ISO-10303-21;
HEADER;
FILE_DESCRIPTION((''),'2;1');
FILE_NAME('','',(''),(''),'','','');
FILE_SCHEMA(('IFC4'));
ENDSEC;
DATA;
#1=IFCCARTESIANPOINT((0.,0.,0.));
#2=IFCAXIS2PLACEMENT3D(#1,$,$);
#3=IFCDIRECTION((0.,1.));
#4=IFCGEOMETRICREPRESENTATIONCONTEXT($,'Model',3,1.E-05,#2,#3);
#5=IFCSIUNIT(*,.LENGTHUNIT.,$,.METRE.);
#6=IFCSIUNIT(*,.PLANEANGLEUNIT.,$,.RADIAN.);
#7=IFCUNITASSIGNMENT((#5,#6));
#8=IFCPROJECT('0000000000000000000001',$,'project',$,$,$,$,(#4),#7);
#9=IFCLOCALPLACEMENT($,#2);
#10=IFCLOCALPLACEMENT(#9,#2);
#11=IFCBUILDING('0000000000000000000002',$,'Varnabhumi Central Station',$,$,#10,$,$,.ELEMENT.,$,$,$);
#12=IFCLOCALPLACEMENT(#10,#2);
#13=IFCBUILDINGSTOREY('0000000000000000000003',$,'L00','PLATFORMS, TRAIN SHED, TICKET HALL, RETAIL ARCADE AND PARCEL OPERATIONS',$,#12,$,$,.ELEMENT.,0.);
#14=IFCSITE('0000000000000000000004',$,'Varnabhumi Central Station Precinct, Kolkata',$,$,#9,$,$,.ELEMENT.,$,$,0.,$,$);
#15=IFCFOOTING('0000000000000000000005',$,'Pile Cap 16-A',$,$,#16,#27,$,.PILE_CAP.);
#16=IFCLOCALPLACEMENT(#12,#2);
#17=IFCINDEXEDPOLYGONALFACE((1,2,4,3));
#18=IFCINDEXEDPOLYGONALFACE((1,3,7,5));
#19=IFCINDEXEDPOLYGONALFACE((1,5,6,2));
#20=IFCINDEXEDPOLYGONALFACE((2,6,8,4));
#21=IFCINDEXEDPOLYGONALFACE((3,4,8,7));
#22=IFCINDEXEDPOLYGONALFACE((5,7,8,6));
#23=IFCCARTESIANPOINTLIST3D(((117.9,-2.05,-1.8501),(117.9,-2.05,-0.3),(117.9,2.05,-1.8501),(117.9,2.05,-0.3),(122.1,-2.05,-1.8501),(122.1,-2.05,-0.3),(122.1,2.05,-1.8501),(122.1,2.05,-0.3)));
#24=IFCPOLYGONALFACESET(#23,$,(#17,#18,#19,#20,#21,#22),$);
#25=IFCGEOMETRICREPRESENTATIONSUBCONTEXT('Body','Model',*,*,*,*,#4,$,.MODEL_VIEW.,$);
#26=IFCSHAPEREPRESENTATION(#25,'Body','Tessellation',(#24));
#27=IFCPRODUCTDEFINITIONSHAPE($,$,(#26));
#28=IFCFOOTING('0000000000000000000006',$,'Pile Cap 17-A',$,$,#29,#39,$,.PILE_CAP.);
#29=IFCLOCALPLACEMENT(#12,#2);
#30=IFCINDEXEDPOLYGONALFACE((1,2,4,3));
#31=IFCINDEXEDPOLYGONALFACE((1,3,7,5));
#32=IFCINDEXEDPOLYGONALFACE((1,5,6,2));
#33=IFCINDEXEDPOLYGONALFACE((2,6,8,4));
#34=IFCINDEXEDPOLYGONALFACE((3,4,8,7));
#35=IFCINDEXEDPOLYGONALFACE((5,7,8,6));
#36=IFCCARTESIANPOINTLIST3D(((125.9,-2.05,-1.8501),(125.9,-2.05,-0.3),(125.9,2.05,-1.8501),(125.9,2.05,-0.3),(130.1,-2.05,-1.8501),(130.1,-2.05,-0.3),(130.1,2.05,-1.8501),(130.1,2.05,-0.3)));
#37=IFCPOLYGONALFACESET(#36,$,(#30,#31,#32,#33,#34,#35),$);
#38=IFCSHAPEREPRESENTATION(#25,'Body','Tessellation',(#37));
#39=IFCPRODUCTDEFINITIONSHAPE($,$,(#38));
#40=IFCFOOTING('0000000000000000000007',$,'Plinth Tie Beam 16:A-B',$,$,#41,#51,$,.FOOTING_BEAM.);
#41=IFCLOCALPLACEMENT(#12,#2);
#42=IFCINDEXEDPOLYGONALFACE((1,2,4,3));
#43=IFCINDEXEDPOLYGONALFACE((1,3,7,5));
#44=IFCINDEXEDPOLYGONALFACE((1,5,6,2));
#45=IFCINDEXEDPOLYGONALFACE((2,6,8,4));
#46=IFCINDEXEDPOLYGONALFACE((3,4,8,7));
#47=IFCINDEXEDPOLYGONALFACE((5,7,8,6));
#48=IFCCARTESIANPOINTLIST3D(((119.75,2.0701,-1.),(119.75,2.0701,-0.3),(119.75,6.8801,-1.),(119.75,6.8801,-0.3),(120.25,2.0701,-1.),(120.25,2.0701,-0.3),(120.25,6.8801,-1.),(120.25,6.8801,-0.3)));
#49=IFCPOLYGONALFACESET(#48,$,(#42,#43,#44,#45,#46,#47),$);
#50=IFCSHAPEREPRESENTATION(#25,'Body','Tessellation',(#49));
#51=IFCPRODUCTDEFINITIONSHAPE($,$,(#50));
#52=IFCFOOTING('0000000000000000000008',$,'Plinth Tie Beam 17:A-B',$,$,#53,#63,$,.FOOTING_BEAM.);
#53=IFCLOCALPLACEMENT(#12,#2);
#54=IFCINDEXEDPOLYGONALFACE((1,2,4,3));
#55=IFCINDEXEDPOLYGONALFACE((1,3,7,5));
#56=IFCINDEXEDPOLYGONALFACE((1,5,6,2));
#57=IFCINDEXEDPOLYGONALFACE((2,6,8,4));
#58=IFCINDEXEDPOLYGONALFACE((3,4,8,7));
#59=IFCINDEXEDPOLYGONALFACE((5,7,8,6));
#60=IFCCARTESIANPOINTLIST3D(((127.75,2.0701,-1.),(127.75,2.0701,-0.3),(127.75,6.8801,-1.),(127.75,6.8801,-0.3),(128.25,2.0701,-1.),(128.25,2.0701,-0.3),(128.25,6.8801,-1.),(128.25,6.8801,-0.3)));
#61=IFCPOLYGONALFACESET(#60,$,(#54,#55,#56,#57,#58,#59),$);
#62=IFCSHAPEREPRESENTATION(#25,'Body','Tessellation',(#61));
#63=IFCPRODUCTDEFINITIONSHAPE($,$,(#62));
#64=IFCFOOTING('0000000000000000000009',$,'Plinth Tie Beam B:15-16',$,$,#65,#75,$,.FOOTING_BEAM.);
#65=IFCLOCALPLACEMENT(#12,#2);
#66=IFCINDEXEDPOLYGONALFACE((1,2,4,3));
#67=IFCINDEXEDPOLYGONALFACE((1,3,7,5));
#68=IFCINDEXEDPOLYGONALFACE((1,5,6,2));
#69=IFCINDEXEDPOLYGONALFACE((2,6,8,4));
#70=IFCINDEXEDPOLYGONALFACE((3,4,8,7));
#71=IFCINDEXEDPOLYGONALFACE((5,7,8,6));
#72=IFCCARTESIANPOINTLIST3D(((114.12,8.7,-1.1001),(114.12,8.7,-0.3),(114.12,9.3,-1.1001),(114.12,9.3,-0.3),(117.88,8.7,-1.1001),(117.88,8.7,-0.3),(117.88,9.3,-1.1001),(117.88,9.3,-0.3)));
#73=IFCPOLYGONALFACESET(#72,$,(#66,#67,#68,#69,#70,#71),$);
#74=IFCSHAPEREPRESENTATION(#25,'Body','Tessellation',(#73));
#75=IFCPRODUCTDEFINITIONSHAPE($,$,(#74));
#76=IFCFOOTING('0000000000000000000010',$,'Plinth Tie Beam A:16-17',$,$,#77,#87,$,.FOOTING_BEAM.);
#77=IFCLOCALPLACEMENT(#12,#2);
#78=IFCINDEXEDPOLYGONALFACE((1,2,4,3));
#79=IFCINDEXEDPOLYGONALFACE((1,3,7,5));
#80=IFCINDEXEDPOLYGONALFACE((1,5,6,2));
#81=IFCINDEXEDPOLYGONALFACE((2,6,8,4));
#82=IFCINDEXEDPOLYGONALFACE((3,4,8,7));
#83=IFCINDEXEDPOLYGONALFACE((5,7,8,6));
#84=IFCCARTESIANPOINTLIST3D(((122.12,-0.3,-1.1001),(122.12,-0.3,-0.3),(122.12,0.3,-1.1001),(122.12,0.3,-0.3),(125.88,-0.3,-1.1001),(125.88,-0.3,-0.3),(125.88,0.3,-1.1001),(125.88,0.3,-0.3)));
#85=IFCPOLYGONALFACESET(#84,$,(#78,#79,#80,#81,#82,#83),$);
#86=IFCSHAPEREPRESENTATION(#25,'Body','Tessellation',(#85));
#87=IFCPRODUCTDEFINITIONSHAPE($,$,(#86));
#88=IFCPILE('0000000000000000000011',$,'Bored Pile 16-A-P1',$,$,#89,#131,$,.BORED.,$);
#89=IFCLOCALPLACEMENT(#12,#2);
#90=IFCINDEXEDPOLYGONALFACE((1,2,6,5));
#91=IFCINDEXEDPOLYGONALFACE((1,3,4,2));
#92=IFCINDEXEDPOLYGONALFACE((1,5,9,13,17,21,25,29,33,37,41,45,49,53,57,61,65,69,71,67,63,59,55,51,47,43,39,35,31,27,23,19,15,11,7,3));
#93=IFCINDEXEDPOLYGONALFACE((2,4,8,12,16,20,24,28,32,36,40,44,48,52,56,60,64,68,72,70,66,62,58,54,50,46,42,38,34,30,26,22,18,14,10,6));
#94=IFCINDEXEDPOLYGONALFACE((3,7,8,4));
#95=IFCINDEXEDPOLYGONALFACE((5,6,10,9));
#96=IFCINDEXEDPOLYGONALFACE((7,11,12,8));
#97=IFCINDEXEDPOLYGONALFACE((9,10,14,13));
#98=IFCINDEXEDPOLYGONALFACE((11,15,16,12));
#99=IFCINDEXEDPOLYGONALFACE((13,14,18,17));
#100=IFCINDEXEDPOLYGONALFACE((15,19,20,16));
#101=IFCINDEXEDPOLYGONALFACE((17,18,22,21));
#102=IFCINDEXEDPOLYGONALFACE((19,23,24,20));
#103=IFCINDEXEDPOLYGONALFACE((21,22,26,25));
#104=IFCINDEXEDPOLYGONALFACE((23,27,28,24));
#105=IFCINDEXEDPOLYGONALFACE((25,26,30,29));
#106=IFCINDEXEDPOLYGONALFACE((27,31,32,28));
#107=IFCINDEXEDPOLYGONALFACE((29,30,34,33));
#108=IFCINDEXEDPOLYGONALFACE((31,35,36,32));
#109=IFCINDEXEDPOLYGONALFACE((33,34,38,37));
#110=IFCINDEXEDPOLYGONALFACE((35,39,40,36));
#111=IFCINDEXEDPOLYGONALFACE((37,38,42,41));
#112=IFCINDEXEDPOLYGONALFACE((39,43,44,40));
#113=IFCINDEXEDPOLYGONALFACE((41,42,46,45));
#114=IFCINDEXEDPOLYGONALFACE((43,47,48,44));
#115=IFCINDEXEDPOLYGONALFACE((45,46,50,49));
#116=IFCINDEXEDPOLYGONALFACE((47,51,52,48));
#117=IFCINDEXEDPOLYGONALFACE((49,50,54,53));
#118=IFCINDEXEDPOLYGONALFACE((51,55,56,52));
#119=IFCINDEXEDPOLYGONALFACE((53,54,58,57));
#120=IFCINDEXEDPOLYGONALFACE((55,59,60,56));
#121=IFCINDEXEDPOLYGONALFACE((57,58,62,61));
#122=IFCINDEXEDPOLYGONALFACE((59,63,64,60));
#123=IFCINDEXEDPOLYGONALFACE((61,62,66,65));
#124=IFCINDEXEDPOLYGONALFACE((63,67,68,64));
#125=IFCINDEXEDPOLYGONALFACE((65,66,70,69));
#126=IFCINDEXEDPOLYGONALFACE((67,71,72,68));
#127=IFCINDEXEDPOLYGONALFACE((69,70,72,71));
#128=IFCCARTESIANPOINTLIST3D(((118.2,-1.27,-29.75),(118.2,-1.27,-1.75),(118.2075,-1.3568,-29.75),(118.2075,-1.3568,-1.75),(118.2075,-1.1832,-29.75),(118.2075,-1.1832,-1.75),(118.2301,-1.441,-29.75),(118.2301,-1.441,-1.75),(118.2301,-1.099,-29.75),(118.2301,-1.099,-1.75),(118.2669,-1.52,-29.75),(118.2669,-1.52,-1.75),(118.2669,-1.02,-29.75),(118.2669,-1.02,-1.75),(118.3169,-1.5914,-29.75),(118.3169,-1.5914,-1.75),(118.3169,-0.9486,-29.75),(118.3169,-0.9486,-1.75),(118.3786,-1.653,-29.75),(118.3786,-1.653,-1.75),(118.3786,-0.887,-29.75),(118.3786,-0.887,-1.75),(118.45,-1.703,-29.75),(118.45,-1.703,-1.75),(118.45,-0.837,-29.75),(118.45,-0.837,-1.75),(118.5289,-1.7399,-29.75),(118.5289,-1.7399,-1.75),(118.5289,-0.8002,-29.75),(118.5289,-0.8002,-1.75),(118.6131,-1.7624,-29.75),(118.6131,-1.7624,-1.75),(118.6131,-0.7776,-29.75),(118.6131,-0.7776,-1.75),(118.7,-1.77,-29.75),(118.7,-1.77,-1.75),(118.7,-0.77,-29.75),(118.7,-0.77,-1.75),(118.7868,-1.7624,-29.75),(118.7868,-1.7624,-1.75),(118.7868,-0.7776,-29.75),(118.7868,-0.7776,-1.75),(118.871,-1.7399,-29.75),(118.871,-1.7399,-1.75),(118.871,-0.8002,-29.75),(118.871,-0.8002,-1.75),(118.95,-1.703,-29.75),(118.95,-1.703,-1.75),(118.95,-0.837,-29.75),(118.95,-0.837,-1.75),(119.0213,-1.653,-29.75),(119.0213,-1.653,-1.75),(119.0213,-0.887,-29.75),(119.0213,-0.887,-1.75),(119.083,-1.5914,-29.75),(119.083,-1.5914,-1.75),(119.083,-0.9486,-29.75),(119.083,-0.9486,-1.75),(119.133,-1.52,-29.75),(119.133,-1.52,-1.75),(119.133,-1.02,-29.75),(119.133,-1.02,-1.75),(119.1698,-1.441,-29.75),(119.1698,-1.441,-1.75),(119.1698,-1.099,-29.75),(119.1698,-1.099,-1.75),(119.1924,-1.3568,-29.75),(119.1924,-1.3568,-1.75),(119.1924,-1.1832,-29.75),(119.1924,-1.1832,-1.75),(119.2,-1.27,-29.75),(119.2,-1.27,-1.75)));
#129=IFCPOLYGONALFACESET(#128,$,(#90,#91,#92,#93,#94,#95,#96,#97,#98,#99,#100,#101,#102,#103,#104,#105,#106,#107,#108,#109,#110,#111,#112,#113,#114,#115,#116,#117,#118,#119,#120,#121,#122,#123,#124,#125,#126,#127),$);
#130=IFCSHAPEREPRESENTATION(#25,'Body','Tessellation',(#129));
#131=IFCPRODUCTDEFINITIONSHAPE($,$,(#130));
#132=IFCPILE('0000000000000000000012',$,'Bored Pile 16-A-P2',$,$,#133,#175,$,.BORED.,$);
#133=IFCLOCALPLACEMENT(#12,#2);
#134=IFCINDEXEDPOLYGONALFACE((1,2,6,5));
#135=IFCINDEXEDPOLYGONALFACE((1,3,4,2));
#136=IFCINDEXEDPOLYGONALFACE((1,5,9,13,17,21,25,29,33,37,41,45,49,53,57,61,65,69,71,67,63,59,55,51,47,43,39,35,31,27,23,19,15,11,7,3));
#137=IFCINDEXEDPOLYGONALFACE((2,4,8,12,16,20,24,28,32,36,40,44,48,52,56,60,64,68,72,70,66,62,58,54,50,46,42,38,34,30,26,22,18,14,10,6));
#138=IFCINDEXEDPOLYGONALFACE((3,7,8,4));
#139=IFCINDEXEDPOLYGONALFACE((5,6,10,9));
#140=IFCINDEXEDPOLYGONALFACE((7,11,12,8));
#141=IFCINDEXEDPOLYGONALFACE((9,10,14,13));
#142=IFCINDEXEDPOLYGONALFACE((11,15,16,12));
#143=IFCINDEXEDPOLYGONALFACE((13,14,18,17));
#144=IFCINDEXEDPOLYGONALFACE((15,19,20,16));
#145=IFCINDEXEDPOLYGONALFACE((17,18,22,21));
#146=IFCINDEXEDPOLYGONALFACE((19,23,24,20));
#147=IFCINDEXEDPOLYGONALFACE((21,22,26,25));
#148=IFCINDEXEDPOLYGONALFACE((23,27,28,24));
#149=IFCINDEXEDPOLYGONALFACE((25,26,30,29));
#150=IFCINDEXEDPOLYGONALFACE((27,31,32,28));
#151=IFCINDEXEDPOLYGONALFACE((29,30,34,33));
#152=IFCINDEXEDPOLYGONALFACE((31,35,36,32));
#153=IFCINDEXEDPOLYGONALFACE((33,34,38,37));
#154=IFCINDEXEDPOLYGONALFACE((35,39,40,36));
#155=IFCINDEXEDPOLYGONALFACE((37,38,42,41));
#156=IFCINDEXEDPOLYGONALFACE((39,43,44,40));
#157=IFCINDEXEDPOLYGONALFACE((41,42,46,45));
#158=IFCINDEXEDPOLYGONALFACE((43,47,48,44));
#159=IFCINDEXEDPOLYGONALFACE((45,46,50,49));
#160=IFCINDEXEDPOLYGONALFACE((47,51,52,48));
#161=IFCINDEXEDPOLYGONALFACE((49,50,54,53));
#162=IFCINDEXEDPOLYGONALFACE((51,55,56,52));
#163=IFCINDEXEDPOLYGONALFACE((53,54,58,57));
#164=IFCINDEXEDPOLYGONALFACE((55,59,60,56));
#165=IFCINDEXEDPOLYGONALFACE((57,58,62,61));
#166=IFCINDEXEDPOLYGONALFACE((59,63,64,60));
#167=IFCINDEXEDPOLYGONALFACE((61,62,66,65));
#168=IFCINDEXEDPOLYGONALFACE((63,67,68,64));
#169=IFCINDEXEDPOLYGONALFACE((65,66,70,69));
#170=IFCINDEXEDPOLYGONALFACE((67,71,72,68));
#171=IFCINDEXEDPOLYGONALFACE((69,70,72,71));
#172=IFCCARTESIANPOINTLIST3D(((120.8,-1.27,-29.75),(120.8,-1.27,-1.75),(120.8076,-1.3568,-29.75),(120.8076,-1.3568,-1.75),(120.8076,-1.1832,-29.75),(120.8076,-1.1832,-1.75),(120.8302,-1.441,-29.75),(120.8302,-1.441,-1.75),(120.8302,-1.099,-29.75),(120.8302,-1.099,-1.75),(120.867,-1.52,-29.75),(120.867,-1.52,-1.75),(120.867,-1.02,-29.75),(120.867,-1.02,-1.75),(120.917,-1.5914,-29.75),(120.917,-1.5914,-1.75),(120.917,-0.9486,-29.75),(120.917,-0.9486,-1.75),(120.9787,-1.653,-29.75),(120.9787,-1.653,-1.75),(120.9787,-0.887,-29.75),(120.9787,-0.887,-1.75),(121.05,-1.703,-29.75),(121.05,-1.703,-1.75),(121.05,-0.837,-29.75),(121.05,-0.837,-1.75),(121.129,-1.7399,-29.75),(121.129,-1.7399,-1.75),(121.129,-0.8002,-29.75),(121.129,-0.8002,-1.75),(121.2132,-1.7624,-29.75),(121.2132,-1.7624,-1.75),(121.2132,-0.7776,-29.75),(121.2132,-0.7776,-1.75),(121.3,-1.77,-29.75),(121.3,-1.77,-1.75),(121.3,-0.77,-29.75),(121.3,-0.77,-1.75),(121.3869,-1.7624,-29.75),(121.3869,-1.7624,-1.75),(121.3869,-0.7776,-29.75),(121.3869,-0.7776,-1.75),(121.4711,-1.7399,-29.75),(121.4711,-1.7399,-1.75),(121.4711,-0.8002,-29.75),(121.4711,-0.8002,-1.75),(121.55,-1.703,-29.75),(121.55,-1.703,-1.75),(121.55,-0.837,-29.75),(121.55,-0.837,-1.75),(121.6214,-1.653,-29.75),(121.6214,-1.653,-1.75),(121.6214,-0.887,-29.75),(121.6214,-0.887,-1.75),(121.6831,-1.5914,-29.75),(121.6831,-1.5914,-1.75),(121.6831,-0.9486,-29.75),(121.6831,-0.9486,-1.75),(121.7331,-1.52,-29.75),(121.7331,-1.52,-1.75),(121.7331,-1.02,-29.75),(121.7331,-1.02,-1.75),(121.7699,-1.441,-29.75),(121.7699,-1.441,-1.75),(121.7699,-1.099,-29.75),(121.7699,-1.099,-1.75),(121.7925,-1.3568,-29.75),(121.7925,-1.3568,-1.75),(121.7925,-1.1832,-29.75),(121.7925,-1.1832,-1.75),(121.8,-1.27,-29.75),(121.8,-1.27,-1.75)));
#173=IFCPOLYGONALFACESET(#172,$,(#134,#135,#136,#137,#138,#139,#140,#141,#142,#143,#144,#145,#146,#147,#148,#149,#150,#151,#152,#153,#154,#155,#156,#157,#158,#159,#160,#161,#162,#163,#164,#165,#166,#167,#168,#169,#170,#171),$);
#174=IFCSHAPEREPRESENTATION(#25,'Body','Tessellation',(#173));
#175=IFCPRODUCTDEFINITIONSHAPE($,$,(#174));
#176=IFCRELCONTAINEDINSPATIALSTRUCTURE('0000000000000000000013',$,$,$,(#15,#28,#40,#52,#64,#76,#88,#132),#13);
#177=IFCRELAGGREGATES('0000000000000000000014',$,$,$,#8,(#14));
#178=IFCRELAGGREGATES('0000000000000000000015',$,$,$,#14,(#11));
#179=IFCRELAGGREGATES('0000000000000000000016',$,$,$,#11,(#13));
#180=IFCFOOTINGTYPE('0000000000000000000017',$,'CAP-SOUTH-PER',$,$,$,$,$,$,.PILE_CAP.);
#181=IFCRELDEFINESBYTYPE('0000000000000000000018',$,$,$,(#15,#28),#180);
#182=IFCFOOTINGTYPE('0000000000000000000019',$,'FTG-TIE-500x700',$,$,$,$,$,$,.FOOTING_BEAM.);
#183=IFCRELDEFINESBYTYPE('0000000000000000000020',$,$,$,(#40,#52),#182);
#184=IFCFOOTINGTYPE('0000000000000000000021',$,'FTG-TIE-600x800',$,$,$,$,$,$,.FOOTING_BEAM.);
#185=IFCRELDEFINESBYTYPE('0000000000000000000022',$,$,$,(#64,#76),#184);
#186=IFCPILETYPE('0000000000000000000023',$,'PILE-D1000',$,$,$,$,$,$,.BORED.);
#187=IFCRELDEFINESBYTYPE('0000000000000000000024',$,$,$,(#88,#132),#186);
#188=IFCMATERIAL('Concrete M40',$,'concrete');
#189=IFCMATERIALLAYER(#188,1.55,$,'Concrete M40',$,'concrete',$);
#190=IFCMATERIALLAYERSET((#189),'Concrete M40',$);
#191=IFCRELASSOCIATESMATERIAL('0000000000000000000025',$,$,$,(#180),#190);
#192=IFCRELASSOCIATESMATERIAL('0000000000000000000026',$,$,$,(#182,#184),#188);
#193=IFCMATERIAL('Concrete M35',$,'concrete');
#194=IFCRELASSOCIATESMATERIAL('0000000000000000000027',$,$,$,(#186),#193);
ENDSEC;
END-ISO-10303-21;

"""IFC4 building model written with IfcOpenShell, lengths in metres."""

from ifc_helpers import new_model, si_unit, direction, frame, origin, origin_2d, place, context, subcontext, project, spatial, rectangle, circle, extrude, material, layer, layer_set, material_profile, profile_set, type_object, element, save


model = new_model("IFC4")

# Units and contexts
model_context = context("Model", 3, precision=1e-05, world=origin(), true_north=direction((0.0, 1.0)))
body_context = subcontext(model_context, "Body", "Model", "MODEL_VIEW")
ifc_project = project(units=[si_unit("LENGTHUNIT", "METRE"), si_unit("PLANEANGLEUNIT", "RADIAN")], contexts=[model_context])

# Site, building, storey
site_placement = place(None, origin())
site = spatial("IfcSite", under=ifc_project, at=site_placement, Name="Varnabhumi Central Station Precinct, Kolkata", CompositionType="ELEMENT", RefElevation=0.0)
building_placement = place(site_placement, origin())
building = spatial("IfcBuilding", under=site, at=building_placement, Name="Varnabhumi Central Station", CompositionType="ELEMENT")
storey_placement = place(building_placement, origin())
storey = spatial("IfcBuildingStorey", under=building, at=storey_placement, Name="L00", Description="PLATFORMS, TRAIN SHED, TICKET HALL, RETAIL ARCADE AND PARCEL OPERATIONS", CompositionType="ELEMENT", Elevation=0.0)

# Footings
ifc_material_1 = material(Name="Concrete M40", Category="concrete")
ifc_layer_1 = layer(ifc_material_1, 1.55, Name="Concrete M40", Category="concrete")
ifc_layer_set_1 = layer_set([ifc_layer_1], Name="Concrete M40")
footing_type_1 = type_object("IfcFootingType", Name="CAP-SOUTH-PER", PredefinedType="PILE_CAP", material=ifc_layer_set_1)
for number, where, z_axis, x_axis, name in (
    (1, (120.0, 0.0, -1.8501), (0.0, 0.0, 1.0), (1.0, 0.0, 0.0), "Pile Cap 16-A"),
    (2, (128.0, 0.0, -1.8501), (0.0, 0.0, 1.0), (1.0, 0.0, 0.0), "Pile Cap 17-A"),
):
    element("IfcFooting", number, at=place(storey_placement, frame(where, z_axis=z_axis, x_axis=x_axis)), inside=storey, type_object=footing_type_1, Name=name, PredefinedType="PILE_CAP", context=body_context, shape_type="SweptSolid", body=[
        extrude(rectangle(XDim=4.2, YDim=4.1001, at=origin_2d()), origin(), (0.0, 0.0, 1.0), 1.55),
    ])
footing_type_2 = type_object("IfcFootingType", Name="FTG-TIE-500x700", PredefinedType="FOOTING_BEAM", material=ifc_material_1)
for number, where, z_axis, x_axis, name in (
    (3, (120.0, 4.4751, -1.0), (0.0, 0.0, 1.0), (1.0, 0.0, 0.0), "Plinth Tie Beam 16:A-B"),
    (4, (128.0, 4.4751, -1.0), (0.0, 0.0, 1.0), (1.0, 0.0, 0.0), "Plinth Tie Beam 17:A-B"),
):
    element("IfcFooting", number, at=place(storey_placement, frame(where, z_axis=z_axis, x_axis=x_axis)), inside=storey, type_object=footing_type_2, Name=name, PredefinedType="FOOTING_BEAM", context=body_context, shape_type="SweptSolid", body=[
        extrude(rectangle(XDim=0.5, YDim=4.8101, at=origin_2d()), origin(), (0.0, 0.0, 1.0), 0.7),
    ])
footing_type_3 = type_object("IfcFootingType", Name="FTG-TIE-600x800", PredefinedType="FOOTING_BEAM", material=ifc_material_1)
for number, where, z_axis, x_axis, name in (
    (5, (116.0, 9.0, -1.1001), (0.0, 0.0, 1.0), (1.0, 0.0, 0.0), "Plinth Tie Beam B:15-16"),
    (6, (124.0, 0.0, -1.1001), (0.0, 0.0, 1.0), (1.0, 0.0, 0.0), "Plinth Tie Beam A:16-17"),
):
    element("IfcFooting", number, at=place(storey_placement, frame(where, z_axis=z_axis, x_axis=x_axis)), inside=storey, type_object=footing_type_3, Name=name, PredefinedType="FOOTING_BEAM", context=body_context, shape_type="SweptSolid", body=[
        extrude(rectangle(XDim=3.76, YDim=0.6001, at=origin_2d()), origin(), (0.0, 0.0, 1.0), 0.8),
    ])

# Piles
ifc_material_2 = material(Name="Concrete M35", Category="concrete")
ifc_material_profile_1 = material_profile(ifc_material_2, circle(Radius=0.5, at=origin_2d()), Name="Concrete M35", Category="concrete")
ifc_profile_set_1 = profile_set([ifc_material_profile_1], Name="Concrete M35")
pile_type = type_object("IfcPileType", Name="PILE-D1000", PredefinedType="BORED", material=ifc_profile_set_1)
for number, where, z_axis, x_axis, name in (
    (7, (118.7, -1.27, -1.75), (0.0, 0.0, -1.0), (1.0, 0.0, 0.0), "Bored Pile 16-A-P1"),
    (8, (121.3, -1.27, -1.75), (0.0, 0.0, -1.0), (1.0, 0.0, 0.0), "Bored Pile 16-A-P2"),
):
    element("IfcPile", number, at=place(storey_placement, frame(where, z_axis=z_axis, x_axis=x_axis)), inside=storey, type_object=pile_type, Name=name, PredefinedType="BORED", context=body_context, shape_type="SweptSolid", body=[
        extrude(circle(Radius=0.5, at=origin_2d()), origin(), (0.0, 0.0, 1.0), 28.0),
    ])

save(model, "model.ifc")
